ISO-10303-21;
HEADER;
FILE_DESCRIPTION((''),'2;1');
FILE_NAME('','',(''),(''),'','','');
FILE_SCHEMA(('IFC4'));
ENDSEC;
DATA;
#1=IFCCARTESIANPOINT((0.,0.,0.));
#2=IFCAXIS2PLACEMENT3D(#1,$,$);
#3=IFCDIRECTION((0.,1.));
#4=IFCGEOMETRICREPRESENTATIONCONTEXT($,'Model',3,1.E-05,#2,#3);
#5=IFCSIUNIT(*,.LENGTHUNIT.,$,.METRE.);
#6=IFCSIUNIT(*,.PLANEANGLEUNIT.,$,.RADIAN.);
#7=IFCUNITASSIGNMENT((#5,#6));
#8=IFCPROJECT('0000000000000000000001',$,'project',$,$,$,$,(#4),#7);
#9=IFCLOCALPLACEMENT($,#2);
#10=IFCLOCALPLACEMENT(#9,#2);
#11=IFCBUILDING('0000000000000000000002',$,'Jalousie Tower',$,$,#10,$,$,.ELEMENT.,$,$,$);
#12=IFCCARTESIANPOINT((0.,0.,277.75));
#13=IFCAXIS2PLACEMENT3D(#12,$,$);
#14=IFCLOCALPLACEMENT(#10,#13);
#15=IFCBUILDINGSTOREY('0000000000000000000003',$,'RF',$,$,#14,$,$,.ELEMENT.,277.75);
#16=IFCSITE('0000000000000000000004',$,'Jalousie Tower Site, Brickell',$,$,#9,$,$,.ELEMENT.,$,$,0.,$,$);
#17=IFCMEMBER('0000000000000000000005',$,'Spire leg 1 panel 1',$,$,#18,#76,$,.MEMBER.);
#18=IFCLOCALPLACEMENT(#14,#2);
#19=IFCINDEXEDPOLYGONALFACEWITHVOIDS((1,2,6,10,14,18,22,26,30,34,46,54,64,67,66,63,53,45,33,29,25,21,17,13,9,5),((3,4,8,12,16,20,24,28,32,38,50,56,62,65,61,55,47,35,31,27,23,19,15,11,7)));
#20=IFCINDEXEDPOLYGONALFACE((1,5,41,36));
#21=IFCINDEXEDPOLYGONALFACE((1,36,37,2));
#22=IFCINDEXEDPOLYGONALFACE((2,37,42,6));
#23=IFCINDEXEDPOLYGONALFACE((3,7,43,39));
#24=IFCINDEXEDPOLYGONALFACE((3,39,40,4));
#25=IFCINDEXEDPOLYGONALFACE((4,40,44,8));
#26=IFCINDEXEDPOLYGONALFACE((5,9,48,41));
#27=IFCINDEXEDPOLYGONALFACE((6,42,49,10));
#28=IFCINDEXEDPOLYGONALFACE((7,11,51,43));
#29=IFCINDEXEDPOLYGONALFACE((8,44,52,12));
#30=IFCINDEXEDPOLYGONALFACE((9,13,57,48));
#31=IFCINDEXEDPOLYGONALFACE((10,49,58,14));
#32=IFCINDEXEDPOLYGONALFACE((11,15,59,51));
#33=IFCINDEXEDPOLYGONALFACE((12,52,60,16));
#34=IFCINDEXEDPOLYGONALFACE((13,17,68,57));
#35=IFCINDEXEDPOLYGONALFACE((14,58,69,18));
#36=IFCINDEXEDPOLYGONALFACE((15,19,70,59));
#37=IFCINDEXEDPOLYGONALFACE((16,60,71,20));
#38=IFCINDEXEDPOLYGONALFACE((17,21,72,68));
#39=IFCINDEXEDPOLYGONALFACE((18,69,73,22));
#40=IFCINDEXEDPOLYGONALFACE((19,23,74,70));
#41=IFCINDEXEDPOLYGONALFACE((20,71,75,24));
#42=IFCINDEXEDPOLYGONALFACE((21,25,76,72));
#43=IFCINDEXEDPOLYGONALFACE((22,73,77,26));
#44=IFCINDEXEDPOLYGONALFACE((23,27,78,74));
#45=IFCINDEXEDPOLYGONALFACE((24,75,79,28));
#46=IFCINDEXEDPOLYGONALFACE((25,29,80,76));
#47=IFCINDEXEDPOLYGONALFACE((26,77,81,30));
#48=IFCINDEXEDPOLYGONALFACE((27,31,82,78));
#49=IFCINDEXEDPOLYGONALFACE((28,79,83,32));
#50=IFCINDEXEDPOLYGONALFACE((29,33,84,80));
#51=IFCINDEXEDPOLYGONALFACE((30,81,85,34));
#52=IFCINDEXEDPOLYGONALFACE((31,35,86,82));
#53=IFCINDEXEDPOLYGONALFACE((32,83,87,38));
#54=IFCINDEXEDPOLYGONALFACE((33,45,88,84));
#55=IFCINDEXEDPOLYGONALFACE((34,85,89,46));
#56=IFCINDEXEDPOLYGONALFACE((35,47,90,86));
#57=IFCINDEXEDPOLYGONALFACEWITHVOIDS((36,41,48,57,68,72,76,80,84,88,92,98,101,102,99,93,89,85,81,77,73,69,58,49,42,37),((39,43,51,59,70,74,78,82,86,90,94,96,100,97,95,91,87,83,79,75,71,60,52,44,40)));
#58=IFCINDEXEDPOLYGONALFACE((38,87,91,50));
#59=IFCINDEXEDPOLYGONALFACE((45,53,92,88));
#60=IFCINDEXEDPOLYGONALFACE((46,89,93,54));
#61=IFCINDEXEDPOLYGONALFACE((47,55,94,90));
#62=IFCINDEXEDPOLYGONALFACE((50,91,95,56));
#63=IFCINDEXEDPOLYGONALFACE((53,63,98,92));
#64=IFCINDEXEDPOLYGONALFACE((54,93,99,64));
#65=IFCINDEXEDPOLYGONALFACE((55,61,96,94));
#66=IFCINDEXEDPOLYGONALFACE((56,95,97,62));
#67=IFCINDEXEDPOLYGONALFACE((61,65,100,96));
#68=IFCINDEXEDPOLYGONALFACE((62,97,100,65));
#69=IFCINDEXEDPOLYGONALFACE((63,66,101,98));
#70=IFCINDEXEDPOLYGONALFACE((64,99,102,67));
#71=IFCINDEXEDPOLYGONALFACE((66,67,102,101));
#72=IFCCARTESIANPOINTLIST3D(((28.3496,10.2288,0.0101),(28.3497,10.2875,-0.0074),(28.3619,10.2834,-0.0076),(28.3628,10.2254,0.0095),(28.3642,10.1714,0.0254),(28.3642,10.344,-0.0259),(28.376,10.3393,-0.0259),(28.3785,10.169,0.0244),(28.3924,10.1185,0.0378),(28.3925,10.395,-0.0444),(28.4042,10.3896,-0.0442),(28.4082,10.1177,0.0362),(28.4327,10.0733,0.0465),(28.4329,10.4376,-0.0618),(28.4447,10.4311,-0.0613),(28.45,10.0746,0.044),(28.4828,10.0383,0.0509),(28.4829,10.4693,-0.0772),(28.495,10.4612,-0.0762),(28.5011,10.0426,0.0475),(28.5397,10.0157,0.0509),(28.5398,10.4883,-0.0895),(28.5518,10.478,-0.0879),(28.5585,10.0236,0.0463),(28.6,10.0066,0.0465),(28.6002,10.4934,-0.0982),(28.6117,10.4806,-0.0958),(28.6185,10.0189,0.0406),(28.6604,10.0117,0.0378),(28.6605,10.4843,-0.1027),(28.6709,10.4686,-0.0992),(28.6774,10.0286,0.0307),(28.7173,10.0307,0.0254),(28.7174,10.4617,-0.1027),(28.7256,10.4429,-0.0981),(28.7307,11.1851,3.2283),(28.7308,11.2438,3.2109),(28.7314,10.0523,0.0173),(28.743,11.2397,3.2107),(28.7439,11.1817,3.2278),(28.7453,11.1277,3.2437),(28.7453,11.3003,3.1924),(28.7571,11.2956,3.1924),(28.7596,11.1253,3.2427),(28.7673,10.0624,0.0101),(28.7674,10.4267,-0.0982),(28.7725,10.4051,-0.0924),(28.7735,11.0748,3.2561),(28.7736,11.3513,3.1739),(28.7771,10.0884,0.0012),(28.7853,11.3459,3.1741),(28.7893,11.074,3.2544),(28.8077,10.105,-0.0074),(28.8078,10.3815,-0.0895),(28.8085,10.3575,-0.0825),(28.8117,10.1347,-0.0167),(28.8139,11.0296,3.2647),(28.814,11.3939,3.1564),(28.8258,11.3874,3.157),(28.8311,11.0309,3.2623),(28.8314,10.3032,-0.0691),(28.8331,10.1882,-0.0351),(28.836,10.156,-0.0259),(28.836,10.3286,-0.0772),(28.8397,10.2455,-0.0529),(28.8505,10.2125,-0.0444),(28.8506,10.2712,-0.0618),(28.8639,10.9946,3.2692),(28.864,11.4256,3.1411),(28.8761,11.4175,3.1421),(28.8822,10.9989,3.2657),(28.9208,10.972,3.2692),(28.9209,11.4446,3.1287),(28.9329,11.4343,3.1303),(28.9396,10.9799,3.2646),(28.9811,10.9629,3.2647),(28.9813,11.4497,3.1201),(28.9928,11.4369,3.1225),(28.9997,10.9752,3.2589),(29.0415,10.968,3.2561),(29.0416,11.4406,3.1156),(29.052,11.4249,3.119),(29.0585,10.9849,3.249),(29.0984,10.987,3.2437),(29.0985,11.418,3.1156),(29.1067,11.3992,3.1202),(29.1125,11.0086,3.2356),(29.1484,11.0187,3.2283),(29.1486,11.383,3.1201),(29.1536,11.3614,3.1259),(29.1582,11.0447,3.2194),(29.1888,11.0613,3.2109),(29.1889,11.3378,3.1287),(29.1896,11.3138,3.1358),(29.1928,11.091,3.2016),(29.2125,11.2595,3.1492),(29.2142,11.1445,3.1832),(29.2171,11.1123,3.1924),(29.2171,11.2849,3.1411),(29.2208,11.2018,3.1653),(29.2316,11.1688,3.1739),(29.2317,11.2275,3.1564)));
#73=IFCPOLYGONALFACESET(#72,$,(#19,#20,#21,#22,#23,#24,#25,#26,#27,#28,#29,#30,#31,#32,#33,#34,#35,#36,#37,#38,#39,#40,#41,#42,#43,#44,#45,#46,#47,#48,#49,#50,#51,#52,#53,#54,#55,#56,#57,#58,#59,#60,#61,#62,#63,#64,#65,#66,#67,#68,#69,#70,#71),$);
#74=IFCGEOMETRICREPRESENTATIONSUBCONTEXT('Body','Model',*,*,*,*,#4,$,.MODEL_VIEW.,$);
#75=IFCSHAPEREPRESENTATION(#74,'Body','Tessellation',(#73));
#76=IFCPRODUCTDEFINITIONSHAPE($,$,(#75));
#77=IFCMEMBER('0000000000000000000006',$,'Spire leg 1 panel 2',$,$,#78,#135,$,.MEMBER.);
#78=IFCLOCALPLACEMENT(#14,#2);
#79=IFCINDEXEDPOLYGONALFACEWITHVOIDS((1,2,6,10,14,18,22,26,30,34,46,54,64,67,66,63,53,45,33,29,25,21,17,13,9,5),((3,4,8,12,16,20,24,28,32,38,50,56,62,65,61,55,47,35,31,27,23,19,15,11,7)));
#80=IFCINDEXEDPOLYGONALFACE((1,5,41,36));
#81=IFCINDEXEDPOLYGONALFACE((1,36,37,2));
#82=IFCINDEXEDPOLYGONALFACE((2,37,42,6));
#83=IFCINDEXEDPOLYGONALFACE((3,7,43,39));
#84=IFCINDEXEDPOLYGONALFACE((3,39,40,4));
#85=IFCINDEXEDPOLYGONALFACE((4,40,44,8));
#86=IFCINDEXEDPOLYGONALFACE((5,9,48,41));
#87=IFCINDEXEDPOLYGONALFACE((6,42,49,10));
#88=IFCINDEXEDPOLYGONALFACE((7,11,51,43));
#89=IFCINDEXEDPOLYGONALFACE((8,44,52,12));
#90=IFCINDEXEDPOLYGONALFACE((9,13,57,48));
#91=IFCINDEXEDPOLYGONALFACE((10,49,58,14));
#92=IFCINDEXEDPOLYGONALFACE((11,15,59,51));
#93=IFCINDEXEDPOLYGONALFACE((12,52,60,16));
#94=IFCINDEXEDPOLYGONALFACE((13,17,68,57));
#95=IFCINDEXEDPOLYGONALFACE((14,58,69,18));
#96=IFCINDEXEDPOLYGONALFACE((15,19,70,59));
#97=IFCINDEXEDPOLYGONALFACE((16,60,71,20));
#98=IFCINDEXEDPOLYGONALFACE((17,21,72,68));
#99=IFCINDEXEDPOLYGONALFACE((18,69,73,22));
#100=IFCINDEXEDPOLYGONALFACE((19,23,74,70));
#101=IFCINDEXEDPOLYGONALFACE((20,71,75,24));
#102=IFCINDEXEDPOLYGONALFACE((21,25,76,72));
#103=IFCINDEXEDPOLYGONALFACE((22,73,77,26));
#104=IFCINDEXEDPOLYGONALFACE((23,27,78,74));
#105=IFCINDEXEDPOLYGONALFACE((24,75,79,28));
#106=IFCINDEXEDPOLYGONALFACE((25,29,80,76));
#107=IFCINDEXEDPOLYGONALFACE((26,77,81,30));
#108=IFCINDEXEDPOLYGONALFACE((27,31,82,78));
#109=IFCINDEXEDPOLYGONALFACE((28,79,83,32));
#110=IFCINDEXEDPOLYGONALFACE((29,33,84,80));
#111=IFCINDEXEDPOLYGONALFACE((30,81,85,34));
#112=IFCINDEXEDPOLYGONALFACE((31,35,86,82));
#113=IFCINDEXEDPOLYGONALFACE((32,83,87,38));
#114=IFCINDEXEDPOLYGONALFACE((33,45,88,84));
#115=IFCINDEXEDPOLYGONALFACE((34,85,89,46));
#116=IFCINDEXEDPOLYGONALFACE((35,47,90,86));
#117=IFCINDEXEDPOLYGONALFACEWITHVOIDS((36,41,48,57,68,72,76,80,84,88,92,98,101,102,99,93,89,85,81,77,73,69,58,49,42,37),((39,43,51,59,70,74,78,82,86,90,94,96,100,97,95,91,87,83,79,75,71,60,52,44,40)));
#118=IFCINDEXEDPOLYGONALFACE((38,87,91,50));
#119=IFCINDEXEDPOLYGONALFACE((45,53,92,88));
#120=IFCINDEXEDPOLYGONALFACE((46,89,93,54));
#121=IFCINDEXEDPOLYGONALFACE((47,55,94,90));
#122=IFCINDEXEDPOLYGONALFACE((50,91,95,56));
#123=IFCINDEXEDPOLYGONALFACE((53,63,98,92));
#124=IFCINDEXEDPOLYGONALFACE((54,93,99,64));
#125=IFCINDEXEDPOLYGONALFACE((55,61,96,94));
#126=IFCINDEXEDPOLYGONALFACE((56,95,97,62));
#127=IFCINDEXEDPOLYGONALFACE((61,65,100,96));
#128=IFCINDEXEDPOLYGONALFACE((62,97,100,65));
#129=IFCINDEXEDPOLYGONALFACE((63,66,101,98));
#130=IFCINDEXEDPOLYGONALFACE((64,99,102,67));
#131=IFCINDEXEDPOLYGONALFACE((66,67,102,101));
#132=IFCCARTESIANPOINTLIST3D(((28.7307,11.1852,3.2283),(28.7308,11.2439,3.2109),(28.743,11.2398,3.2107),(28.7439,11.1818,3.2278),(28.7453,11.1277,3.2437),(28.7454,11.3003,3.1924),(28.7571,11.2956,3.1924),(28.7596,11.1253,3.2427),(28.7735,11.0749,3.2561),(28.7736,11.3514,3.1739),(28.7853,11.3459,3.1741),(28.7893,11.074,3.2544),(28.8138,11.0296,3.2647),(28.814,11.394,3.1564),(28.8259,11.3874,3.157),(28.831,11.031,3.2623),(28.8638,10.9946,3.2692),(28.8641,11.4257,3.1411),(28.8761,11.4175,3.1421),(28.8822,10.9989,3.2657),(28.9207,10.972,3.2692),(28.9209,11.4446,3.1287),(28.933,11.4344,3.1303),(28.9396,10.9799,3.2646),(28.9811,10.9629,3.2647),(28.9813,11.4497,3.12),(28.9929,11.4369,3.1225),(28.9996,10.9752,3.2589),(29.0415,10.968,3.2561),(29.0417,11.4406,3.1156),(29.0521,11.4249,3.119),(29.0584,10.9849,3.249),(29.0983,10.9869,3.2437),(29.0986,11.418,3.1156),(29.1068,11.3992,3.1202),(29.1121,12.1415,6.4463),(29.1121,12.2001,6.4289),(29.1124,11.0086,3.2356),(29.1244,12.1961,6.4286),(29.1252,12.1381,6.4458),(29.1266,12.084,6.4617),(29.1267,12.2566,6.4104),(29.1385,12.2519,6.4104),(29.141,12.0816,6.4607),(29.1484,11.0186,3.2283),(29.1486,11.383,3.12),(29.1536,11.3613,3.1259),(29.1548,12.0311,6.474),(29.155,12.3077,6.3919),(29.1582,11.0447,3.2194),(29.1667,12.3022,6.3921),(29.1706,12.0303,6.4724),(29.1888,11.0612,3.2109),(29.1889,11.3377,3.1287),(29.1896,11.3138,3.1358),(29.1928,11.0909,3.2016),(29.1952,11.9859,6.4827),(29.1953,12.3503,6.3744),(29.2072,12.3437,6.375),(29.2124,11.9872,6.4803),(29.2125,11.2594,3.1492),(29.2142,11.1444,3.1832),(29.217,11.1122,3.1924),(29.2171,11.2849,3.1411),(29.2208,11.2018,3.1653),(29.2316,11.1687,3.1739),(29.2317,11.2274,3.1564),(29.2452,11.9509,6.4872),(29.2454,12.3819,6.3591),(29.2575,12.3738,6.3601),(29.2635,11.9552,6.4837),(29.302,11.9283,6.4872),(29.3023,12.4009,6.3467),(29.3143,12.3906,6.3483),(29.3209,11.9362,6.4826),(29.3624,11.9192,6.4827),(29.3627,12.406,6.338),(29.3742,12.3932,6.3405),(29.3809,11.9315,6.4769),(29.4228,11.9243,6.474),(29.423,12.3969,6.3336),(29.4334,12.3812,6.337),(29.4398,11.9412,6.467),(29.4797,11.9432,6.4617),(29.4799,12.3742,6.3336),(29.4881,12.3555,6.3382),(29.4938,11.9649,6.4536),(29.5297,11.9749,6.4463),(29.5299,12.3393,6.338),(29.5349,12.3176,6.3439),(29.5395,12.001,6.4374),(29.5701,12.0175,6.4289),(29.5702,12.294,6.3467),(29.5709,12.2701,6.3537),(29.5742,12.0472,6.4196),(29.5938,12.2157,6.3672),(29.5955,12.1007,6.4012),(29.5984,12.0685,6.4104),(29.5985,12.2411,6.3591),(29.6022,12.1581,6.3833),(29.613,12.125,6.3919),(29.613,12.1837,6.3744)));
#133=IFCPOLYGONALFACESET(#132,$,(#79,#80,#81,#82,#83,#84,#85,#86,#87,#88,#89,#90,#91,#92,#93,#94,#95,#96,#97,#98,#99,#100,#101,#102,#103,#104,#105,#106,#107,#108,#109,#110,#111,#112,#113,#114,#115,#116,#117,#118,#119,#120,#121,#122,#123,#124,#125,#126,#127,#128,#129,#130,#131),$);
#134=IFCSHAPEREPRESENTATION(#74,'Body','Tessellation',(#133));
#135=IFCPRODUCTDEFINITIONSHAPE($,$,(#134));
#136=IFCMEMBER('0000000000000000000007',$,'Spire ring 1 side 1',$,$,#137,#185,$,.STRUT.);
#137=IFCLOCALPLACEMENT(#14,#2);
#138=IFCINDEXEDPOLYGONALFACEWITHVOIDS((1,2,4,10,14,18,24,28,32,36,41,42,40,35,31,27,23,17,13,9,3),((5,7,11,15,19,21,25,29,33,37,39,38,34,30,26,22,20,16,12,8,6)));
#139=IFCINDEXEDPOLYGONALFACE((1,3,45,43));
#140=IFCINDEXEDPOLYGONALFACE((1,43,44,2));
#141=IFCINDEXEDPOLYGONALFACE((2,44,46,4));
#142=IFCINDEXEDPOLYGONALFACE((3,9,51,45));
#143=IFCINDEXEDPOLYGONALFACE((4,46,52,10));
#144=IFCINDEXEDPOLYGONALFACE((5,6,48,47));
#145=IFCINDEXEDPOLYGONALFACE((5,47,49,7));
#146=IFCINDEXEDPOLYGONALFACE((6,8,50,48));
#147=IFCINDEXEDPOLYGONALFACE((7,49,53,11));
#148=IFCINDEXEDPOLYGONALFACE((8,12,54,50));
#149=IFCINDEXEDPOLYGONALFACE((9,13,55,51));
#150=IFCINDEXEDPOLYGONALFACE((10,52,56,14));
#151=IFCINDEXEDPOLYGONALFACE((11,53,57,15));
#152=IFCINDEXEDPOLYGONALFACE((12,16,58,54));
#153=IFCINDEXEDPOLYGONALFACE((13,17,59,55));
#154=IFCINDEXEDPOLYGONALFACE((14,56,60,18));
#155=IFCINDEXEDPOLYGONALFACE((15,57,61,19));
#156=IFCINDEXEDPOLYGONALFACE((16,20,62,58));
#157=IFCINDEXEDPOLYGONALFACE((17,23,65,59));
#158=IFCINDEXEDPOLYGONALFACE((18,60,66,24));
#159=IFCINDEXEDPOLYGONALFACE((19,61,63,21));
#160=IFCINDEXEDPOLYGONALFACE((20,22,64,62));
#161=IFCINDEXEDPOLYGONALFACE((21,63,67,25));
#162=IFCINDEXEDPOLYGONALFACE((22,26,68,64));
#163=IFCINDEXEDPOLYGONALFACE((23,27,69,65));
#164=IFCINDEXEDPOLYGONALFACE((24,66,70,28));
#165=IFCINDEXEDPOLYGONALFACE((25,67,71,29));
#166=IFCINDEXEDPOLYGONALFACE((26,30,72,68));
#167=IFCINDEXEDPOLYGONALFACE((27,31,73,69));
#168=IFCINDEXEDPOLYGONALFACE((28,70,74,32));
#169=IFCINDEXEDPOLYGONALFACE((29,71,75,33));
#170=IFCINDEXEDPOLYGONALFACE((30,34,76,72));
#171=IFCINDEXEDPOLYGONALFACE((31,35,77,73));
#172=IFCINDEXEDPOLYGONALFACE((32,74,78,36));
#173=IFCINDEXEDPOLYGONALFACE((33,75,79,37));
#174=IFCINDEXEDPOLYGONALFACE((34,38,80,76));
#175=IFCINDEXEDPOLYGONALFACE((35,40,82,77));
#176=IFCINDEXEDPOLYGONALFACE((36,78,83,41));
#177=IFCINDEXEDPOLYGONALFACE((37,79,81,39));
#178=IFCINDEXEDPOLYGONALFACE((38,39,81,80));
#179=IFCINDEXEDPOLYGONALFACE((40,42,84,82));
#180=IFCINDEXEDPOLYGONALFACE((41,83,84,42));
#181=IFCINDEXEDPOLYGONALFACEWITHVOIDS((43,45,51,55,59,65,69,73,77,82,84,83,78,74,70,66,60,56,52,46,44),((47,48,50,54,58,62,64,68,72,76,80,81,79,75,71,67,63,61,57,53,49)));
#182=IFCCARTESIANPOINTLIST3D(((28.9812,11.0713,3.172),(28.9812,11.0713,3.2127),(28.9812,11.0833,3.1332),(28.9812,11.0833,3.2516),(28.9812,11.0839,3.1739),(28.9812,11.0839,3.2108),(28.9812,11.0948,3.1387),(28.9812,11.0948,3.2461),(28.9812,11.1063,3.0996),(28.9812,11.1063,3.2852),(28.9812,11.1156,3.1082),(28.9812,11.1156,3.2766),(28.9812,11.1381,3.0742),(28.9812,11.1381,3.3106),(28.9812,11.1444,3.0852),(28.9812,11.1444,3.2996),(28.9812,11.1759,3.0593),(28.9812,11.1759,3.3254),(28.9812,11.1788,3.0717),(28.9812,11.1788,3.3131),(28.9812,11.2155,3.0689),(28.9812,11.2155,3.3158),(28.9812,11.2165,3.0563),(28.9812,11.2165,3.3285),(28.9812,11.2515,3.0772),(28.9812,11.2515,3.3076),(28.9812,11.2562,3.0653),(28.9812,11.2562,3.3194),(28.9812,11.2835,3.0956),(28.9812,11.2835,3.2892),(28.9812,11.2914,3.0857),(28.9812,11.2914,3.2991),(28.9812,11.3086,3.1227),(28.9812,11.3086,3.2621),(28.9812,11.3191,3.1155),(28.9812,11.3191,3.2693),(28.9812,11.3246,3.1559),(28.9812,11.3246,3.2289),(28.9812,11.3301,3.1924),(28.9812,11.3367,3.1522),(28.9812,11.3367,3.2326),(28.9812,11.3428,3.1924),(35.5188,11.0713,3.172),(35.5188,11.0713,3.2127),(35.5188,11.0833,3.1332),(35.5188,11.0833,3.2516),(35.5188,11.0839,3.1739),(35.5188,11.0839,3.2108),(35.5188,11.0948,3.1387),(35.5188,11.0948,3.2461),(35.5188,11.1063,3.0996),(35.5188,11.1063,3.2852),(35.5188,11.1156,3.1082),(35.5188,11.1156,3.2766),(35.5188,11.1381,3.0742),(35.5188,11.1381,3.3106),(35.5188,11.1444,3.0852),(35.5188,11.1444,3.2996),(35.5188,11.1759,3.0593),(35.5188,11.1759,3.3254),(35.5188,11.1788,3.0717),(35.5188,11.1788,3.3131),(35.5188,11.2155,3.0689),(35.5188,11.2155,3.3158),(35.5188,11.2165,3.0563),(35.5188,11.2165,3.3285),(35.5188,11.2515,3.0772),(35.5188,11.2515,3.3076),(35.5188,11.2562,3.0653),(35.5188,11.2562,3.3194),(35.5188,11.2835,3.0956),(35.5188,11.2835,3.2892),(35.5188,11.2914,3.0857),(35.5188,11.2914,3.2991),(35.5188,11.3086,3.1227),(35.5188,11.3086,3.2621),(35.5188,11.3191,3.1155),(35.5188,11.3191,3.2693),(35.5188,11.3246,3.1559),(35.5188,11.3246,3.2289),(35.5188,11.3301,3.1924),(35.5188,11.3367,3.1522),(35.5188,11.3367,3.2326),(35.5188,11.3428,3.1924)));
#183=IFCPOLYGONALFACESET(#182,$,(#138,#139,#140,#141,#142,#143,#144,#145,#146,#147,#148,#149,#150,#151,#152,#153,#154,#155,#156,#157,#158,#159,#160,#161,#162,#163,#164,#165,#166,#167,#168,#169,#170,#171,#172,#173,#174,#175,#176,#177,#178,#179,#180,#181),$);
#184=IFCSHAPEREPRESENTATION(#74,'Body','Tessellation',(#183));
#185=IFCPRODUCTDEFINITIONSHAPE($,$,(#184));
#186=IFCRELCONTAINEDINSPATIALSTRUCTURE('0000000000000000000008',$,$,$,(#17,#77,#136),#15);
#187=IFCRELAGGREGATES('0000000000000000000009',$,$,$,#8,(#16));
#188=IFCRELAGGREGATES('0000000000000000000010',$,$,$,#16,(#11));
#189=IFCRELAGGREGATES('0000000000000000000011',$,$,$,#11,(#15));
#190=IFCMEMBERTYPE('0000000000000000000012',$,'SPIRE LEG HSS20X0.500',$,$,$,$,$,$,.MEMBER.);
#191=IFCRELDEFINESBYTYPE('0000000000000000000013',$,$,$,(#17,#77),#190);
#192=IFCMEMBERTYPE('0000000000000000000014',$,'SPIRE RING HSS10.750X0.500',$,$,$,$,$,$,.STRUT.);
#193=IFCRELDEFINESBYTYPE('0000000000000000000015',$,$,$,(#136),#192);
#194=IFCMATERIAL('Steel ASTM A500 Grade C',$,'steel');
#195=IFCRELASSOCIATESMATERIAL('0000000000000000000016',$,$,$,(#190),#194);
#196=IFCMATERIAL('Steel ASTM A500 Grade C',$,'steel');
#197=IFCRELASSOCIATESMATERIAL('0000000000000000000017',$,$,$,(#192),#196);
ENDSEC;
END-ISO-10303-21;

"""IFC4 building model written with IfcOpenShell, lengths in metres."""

from ifc_helpers import new_model, si_unit, direction, frame, origin, origin_2d, place, context, subcontext, project, spatial, hollow_circle, extrude, material, material_profile, profile_set, type_object, element, save


model = new_model("IFC4")

# Units and contexts
model_context = context("Model", 3, precision=1e-05, world=origin(), true_north=direction((0.0, 1.0)))
body_context = subcontext(model_context, "Body", "Model", "MODEL_VIEW")
ifc_project = project(units=[si_unit("LENGTHUNIT", "METRE"), si_unit("PLANEANGLEUNIT", "RADIAN")], contexts=[model_context])

# Site, building, storey
site_placement = place(None, origin())
site = spatial("IfcSite", under=ifc_project, at=site_placement, Name="Jalousie Tower Site, Brickell", CompositionType="ELEMENT", RefElevation=0.0)
building_placement = place(site_placement, origin())
building = spatial("IfcBuilding", under=site, at=building_placement, Name="Jalousie Tower", CompositionType="ELEMENT")
storey_placement = place(building_placement, frame((0.0, 0.0, 277.75)))
storey = spatial("IfcBuildingStorey", under=building, at=storey_placement, Name="RF", CompositionType="ELEMENT", Elevation=277.75)

# Members
ifc_material_1 = material(Name="Steel ASTM A500 Grade C", Category="steel")
ifc_material_profile_1 = material_profile(ifc_material_1, hollow_circle(Radius=0.2539, WallThickness=0.0127, at=origin_2d()), Name="HSS20X0.500")
ifc_profile_set_1 = profile_set([ifc_material_profile_1], Name="Steel ASTM A500 Grade C")
member_type_1 = type_object("IfcMemberType", Name="SPIRE LEG HSS20X0.500", PredefinedType="MEMBER", material=ifc_profile_set_1)
member_1_placement = place(storey_placement, frame((28.6001, 10.25, -0.0259), z_axis=(0.112789, 0.283021, 0.952459), x_axis=(-0.92895, 0.370205, 0.0)))
element("IfcMember", 1, at=member_1_placement, inside=storey, type_object=member_type_1, Name="Spire leg 1 panel 1", PredefinedType="MEMBER", context=body_context, shape_type="SweptSolid", body=[
    extrude(hollow_circle(Radius=0.2539, WallThickness=0.0127, at=origin_2d()), origin(), (0.0, 0.0, 1.0), 3.3789),
])
member_2_placement = place(storey_placement, frame((28.9812, 11.2063, 3.1924), z_axis=(0.112868, 0.283038, 0.952444), x_axis=(-0.928869, 0.370409, 0.0)))
element("IfcMember", 2, at=member_2_placement, inside=storey, type_object=member_type_1, Name="Spire leg 1 panel 2", PredefinedType="MEMBER", context=body_context, shape_type="SweptSolid", body=[
    extrude(hollow_circle(Radius=0.2539, WallThickness=0.0127, at=origin_2d()), origin(), (0.0, 0.0, 1.0), 3.3787),
])
ifc_material_2 = material(Name="Steel ASTM A500 Grade C", Category="steel")
ifc_material_profile_2 = material_profile(ifc_material_2, hollow_circle(Radius=0.1365, WallThickness=0.0127, at=origin_2d()), Name="HSS10.750X0.500")
ifc_profile_set_2 = profile_set([ifc_material_profile_2], Name="Steel ASTM A500 Grade C")
member_type_2 = type_object("IfcMemberType", Name="SPIRE RING HSS10.750X0.500", PredefinedType="STRUT", material=ifc_profile_set_2)
member_3_placement = place(storey_placement, frame((28.9812, 11.2063, 3.1924), z_axis=(1.0, 0.0, 0.0), x_axis=(0.0, 1.0, 0.0)))
element("IfcMember", 3, at=member_3_placement, inside=storey, type_object=member_type_2, Name="Spire ring 1 side 1", PredefinedType="STRUT", context=body_context, shape_type="SweptSolid", body=[
    extrude(hollow_circle(Radius=0.1365, WallThickness=0.0127, at=origin_2d()), origin(), (0.0, 0.0, 1.0), 6.5376),
])

save(model, "model.ifc")
